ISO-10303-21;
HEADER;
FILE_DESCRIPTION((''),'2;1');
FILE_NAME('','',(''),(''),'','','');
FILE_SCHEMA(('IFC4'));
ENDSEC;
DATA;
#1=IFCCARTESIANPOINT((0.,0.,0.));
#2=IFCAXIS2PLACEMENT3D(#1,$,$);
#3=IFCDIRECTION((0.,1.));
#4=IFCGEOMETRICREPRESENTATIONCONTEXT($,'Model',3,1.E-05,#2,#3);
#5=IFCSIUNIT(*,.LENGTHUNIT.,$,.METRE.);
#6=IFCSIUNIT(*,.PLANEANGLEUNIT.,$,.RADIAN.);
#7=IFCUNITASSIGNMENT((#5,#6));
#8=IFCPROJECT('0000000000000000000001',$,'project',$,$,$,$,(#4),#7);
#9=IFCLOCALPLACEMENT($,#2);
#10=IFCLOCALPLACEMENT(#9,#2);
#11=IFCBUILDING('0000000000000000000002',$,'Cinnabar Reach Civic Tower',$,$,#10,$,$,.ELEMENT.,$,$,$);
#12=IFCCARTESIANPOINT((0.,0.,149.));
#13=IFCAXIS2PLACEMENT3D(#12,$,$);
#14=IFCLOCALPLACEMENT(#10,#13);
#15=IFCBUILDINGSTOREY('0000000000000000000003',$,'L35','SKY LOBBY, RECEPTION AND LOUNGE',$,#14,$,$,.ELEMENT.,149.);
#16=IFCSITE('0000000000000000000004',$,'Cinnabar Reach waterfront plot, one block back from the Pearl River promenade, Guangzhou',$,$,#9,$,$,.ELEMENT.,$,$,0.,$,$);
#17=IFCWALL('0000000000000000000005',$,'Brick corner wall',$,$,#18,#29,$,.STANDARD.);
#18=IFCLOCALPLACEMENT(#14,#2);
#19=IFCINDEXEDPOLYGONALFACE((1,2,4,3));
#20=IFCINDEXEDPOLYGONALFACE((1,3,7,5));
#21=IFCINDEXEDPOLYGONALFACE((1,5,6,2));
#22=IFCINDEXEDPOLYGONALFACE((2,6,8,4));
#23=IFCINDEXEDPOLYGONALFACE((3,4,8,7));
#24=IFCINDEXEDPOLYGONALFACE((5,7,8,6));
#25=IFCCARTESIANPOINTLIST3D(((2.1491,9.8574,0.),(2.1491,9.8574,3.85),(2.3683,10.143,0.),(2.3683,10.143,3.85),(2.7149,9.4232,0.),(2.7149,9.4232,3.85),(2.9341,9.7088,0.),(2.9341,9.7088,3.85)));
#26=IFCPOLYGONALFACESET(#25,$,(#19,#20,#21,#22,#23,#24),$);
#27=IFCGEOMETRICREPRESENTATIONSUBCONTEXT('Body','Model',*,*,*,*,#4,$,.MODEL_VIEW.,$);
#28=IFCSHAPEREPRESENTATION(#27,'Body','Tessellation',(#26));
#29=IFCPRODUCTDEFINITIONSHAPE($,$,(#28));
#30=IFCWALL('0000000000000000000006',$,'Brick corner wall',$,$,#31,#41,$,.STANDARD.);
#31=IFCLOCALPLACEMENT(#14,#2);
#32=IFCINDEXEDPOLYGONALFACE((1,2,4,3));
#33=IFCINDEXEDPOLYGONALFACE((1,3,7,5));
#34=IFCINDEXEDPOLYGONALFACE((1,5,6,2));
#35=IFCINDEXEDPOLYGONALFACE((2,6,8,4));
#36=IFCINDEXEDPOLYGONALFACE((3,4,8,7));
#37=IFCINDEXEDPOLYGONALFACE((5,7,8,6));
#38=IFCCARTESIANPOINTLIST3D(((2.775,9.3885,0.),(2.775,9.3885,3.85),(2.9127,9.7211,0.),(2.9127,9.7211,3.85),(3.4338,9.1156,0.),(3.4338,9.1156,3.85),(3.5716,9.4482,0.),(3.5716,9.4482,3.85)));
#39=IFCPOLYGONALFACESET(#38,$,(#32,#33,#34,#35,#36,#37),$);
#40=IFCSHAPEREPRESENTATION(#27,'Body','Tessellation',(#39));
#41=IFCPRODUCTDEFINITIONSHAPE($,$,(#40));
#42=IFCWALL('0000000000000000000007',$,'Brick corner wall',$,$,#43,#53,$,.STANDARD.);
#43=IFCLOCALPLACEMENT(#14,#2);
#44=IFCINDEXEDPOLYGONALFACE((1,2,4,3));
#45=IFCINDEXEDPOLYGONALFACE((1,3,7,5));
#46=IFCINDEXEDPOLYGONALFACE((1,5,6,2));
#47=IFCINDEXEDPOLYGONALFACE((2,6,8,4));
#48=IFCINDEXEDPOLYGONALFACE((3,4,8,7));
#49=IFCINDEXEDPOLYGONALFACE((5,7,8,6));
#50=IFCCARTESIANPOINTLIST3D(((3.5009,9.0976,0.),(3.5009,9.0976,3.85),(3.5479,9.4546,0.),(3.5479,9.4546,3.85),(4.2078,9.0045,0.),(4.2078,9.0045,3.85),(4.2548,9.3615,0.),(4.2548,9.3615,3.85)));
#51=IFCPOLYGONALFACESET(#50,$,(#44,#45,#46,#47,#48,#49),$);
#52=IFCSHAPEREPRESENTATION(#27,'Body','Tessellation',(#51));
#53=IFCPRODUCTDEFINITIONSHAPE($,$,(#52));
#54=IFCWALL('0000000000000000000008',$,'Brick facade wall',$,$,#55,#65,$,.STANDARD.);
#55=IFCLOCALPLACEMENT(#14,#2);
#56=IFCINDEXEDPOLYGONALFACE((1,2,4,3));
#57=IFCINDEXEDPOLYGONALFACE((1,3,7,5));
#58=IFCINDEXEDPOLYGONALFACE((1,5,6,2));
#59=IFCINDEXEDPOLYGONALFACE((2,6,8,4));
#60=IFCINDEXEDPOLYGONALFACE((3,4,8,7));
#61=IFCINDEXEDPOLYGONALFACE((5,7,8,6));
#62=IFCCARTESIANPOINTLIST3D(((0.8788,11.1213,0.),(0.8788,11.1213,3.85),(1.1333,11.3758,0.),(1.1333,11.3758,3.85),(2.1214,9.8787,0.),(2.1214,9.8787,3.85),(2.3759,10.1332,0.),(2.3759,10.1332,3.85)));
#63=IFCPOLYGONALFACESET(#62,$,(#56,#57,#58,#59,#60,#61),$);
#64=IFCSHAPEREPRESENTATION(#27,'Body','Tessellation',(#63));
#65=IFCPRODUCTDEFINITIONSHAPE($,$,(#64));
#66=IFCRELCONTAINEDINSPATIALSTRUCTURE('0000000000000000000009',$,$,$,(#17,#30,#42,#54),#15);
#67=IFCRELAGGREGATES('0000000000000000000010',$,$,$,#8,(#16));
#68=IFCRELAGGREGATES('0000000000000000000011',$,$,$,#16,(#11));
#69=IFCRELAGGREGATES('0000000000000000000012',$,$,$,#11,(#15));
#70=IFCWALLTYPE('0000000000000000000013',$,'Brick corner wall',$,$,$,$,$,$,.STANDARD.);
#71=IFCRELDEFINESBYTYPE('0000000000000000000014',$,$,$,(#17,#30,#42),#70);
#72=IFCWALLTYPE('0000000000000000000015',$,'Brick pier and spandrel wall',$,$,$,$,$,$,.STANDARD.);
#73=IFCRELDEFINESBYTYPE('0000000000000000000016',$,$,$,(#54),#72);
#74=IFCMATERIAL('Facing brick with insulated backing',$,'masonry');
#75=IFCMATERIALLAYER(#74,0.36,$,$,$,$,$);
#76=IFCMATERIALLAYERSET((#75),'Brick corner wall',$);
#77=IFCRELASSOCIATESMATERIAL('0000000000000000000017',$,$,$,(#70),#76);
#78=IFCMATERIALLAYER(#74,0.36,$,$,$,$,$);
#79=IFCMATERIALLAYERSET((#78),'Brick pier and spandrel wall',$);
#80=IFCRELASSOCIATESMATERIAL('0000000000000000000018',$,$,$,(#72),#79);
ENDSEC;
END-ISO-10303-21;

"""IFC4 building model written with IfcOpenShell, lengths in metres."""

from ifc_helpers import new_model, si_unit, direction, frame, frame_2d, origin, place, context, subcontext, project, spatial, rectangle, extrude, material, layer, layer_set, type_object, element, save


model = new_model("IFC4")

# Units and contexts
model_context = context("Model", 3, precision=1e-05, world=origin(), true_north=direction((0.0, 1.0)))
body_context = subcontext(model_context, "Body", "Model", "MODEL_VIEW")
ifc_project = project(units=[si_unit("LENGTHUNIT", "METRE"), si_unit("PLANEANGLEUNIT", "RADIAN")], contexts=[model_context])

# Site, building, storey
site_placement = place(None, origin())
site = spatial("IfcSite", under=ifc_project, at=site_placement, Name="Cinnabar Reach waterfront plot, one block back from the Pearl River promenade, Guangzhou", CompositionType="ELEMENT", RefElevation=0.0)
building_placement = place(site_placement, origin())
building = spatial("IfcBuilding", under=site, at=building_placement, Name="Cinnabar Reach Civic Tower", CompositionType="ELEMENT")
storey_placement = place(building_placement, frame((0.0, 0.0, 149.0)))
storey = spatial("IfcBuildingStorey", under=building, at=storey_placement, Name="L35", Description="SKY LOBBY, RECEPTION AND LOUNGE", CompositionType="ELEMENT", Elevation=149.0)

# Walls
ifc_material_1 = material(Name="Facing brick with insulated backing", Category="masonry")
ifc_layer_1 = layer(ifc_material_1, 0.36)
ifc_layer_set_1 = layer_set([ifc_layer_1], Name="Brick corner wall")
wall_type_1 = type_object("IfcWallType", Name="Brick corner wall", PredefinedType="STANDARD", material=ifc_layer_set_1)
for number, where, z_axis, x_axis, name in (
    (1, (2.2587, 10.0002, 0.0), (0.0, 0.0, 1.0), (0.793322, -0.608802, 0.0), "Brick corner wall"),
):
    element("IfcWall", number, at=place(storey_placement, frame(where, z_axis=z_axis, x_axis=x_axis)), inside=storey, type_object=wall_type_1, Name=name, PredefinedType="STANDARD", context=body_context, shape_type="SweptSolid", body=[
        extrude(rectangle(XDim=0.7132, YDim=0.36, at=frame_2d((0.3566, 0.0))), origin(), (0.0, 0.0, 1.0), 3.85),
    ])
for number, where, z_axis, x_axis, name in (
    (2, (2.8439, 9.5548, 0.0), (0.0, 0.0, 1.0), (0.923872, -0.382703, 0.0), "Brick corner wall"),
    (3, (3.5244, 9.2761, 0.0), (0.0, 0.0, 1.0), (0.991441, -0.130556, 0.0), "Brick corner wall"),
):
    element("IfcWall", number, at=place(storey_placement, frame(where, z_axis=z_axis, x_axis=x_axis)), inside=storey, type_object=wall_type_1, Name=name, PredefinedType="STANDARD", context=body_context, shape_type="SweptSolid", body=[
        extrude(rectangle(XDim=0.7131, YDim=0.36, at=frame_2d((0.3565, 0.0))), origin(), (0.0, 0.0, 1.0), 3.85),
    ])
ifc_layer_2 = layer(ifc_material_1, 0.36)
ifc_layer_set_2 = layer_set([ifc_layer_2], Name="Brick pier and spandrel wall")
wall_type_2 = type_object("IfcWallType", Name="Brick pier and spandrel wall", PredefinedType="STANDARD", material=ifc_layer_set_2)
wall_placement = place(storey_placement, frame((1.006, 11.2486, 0.0), z_axis=(0.0, 0.0, 1.0), x_axis=(0.707107, -0.707107, 0.0)))
element("IfcWall", 4, at=wall_placement, inside=storey, type_object=wall_type_2, Name="Brick facade wall", PredefinedType="STANDARD", context=body_context, shape_type="SweptSolid", body=[
    extrude(rectangle(XDim=1.7573, YDim=0.36, at=frame_2d((0.8787, 0.0))), origin(), (0.0, 0.0, 1.0), 3.85),
])

save(model, "model.ifc")
